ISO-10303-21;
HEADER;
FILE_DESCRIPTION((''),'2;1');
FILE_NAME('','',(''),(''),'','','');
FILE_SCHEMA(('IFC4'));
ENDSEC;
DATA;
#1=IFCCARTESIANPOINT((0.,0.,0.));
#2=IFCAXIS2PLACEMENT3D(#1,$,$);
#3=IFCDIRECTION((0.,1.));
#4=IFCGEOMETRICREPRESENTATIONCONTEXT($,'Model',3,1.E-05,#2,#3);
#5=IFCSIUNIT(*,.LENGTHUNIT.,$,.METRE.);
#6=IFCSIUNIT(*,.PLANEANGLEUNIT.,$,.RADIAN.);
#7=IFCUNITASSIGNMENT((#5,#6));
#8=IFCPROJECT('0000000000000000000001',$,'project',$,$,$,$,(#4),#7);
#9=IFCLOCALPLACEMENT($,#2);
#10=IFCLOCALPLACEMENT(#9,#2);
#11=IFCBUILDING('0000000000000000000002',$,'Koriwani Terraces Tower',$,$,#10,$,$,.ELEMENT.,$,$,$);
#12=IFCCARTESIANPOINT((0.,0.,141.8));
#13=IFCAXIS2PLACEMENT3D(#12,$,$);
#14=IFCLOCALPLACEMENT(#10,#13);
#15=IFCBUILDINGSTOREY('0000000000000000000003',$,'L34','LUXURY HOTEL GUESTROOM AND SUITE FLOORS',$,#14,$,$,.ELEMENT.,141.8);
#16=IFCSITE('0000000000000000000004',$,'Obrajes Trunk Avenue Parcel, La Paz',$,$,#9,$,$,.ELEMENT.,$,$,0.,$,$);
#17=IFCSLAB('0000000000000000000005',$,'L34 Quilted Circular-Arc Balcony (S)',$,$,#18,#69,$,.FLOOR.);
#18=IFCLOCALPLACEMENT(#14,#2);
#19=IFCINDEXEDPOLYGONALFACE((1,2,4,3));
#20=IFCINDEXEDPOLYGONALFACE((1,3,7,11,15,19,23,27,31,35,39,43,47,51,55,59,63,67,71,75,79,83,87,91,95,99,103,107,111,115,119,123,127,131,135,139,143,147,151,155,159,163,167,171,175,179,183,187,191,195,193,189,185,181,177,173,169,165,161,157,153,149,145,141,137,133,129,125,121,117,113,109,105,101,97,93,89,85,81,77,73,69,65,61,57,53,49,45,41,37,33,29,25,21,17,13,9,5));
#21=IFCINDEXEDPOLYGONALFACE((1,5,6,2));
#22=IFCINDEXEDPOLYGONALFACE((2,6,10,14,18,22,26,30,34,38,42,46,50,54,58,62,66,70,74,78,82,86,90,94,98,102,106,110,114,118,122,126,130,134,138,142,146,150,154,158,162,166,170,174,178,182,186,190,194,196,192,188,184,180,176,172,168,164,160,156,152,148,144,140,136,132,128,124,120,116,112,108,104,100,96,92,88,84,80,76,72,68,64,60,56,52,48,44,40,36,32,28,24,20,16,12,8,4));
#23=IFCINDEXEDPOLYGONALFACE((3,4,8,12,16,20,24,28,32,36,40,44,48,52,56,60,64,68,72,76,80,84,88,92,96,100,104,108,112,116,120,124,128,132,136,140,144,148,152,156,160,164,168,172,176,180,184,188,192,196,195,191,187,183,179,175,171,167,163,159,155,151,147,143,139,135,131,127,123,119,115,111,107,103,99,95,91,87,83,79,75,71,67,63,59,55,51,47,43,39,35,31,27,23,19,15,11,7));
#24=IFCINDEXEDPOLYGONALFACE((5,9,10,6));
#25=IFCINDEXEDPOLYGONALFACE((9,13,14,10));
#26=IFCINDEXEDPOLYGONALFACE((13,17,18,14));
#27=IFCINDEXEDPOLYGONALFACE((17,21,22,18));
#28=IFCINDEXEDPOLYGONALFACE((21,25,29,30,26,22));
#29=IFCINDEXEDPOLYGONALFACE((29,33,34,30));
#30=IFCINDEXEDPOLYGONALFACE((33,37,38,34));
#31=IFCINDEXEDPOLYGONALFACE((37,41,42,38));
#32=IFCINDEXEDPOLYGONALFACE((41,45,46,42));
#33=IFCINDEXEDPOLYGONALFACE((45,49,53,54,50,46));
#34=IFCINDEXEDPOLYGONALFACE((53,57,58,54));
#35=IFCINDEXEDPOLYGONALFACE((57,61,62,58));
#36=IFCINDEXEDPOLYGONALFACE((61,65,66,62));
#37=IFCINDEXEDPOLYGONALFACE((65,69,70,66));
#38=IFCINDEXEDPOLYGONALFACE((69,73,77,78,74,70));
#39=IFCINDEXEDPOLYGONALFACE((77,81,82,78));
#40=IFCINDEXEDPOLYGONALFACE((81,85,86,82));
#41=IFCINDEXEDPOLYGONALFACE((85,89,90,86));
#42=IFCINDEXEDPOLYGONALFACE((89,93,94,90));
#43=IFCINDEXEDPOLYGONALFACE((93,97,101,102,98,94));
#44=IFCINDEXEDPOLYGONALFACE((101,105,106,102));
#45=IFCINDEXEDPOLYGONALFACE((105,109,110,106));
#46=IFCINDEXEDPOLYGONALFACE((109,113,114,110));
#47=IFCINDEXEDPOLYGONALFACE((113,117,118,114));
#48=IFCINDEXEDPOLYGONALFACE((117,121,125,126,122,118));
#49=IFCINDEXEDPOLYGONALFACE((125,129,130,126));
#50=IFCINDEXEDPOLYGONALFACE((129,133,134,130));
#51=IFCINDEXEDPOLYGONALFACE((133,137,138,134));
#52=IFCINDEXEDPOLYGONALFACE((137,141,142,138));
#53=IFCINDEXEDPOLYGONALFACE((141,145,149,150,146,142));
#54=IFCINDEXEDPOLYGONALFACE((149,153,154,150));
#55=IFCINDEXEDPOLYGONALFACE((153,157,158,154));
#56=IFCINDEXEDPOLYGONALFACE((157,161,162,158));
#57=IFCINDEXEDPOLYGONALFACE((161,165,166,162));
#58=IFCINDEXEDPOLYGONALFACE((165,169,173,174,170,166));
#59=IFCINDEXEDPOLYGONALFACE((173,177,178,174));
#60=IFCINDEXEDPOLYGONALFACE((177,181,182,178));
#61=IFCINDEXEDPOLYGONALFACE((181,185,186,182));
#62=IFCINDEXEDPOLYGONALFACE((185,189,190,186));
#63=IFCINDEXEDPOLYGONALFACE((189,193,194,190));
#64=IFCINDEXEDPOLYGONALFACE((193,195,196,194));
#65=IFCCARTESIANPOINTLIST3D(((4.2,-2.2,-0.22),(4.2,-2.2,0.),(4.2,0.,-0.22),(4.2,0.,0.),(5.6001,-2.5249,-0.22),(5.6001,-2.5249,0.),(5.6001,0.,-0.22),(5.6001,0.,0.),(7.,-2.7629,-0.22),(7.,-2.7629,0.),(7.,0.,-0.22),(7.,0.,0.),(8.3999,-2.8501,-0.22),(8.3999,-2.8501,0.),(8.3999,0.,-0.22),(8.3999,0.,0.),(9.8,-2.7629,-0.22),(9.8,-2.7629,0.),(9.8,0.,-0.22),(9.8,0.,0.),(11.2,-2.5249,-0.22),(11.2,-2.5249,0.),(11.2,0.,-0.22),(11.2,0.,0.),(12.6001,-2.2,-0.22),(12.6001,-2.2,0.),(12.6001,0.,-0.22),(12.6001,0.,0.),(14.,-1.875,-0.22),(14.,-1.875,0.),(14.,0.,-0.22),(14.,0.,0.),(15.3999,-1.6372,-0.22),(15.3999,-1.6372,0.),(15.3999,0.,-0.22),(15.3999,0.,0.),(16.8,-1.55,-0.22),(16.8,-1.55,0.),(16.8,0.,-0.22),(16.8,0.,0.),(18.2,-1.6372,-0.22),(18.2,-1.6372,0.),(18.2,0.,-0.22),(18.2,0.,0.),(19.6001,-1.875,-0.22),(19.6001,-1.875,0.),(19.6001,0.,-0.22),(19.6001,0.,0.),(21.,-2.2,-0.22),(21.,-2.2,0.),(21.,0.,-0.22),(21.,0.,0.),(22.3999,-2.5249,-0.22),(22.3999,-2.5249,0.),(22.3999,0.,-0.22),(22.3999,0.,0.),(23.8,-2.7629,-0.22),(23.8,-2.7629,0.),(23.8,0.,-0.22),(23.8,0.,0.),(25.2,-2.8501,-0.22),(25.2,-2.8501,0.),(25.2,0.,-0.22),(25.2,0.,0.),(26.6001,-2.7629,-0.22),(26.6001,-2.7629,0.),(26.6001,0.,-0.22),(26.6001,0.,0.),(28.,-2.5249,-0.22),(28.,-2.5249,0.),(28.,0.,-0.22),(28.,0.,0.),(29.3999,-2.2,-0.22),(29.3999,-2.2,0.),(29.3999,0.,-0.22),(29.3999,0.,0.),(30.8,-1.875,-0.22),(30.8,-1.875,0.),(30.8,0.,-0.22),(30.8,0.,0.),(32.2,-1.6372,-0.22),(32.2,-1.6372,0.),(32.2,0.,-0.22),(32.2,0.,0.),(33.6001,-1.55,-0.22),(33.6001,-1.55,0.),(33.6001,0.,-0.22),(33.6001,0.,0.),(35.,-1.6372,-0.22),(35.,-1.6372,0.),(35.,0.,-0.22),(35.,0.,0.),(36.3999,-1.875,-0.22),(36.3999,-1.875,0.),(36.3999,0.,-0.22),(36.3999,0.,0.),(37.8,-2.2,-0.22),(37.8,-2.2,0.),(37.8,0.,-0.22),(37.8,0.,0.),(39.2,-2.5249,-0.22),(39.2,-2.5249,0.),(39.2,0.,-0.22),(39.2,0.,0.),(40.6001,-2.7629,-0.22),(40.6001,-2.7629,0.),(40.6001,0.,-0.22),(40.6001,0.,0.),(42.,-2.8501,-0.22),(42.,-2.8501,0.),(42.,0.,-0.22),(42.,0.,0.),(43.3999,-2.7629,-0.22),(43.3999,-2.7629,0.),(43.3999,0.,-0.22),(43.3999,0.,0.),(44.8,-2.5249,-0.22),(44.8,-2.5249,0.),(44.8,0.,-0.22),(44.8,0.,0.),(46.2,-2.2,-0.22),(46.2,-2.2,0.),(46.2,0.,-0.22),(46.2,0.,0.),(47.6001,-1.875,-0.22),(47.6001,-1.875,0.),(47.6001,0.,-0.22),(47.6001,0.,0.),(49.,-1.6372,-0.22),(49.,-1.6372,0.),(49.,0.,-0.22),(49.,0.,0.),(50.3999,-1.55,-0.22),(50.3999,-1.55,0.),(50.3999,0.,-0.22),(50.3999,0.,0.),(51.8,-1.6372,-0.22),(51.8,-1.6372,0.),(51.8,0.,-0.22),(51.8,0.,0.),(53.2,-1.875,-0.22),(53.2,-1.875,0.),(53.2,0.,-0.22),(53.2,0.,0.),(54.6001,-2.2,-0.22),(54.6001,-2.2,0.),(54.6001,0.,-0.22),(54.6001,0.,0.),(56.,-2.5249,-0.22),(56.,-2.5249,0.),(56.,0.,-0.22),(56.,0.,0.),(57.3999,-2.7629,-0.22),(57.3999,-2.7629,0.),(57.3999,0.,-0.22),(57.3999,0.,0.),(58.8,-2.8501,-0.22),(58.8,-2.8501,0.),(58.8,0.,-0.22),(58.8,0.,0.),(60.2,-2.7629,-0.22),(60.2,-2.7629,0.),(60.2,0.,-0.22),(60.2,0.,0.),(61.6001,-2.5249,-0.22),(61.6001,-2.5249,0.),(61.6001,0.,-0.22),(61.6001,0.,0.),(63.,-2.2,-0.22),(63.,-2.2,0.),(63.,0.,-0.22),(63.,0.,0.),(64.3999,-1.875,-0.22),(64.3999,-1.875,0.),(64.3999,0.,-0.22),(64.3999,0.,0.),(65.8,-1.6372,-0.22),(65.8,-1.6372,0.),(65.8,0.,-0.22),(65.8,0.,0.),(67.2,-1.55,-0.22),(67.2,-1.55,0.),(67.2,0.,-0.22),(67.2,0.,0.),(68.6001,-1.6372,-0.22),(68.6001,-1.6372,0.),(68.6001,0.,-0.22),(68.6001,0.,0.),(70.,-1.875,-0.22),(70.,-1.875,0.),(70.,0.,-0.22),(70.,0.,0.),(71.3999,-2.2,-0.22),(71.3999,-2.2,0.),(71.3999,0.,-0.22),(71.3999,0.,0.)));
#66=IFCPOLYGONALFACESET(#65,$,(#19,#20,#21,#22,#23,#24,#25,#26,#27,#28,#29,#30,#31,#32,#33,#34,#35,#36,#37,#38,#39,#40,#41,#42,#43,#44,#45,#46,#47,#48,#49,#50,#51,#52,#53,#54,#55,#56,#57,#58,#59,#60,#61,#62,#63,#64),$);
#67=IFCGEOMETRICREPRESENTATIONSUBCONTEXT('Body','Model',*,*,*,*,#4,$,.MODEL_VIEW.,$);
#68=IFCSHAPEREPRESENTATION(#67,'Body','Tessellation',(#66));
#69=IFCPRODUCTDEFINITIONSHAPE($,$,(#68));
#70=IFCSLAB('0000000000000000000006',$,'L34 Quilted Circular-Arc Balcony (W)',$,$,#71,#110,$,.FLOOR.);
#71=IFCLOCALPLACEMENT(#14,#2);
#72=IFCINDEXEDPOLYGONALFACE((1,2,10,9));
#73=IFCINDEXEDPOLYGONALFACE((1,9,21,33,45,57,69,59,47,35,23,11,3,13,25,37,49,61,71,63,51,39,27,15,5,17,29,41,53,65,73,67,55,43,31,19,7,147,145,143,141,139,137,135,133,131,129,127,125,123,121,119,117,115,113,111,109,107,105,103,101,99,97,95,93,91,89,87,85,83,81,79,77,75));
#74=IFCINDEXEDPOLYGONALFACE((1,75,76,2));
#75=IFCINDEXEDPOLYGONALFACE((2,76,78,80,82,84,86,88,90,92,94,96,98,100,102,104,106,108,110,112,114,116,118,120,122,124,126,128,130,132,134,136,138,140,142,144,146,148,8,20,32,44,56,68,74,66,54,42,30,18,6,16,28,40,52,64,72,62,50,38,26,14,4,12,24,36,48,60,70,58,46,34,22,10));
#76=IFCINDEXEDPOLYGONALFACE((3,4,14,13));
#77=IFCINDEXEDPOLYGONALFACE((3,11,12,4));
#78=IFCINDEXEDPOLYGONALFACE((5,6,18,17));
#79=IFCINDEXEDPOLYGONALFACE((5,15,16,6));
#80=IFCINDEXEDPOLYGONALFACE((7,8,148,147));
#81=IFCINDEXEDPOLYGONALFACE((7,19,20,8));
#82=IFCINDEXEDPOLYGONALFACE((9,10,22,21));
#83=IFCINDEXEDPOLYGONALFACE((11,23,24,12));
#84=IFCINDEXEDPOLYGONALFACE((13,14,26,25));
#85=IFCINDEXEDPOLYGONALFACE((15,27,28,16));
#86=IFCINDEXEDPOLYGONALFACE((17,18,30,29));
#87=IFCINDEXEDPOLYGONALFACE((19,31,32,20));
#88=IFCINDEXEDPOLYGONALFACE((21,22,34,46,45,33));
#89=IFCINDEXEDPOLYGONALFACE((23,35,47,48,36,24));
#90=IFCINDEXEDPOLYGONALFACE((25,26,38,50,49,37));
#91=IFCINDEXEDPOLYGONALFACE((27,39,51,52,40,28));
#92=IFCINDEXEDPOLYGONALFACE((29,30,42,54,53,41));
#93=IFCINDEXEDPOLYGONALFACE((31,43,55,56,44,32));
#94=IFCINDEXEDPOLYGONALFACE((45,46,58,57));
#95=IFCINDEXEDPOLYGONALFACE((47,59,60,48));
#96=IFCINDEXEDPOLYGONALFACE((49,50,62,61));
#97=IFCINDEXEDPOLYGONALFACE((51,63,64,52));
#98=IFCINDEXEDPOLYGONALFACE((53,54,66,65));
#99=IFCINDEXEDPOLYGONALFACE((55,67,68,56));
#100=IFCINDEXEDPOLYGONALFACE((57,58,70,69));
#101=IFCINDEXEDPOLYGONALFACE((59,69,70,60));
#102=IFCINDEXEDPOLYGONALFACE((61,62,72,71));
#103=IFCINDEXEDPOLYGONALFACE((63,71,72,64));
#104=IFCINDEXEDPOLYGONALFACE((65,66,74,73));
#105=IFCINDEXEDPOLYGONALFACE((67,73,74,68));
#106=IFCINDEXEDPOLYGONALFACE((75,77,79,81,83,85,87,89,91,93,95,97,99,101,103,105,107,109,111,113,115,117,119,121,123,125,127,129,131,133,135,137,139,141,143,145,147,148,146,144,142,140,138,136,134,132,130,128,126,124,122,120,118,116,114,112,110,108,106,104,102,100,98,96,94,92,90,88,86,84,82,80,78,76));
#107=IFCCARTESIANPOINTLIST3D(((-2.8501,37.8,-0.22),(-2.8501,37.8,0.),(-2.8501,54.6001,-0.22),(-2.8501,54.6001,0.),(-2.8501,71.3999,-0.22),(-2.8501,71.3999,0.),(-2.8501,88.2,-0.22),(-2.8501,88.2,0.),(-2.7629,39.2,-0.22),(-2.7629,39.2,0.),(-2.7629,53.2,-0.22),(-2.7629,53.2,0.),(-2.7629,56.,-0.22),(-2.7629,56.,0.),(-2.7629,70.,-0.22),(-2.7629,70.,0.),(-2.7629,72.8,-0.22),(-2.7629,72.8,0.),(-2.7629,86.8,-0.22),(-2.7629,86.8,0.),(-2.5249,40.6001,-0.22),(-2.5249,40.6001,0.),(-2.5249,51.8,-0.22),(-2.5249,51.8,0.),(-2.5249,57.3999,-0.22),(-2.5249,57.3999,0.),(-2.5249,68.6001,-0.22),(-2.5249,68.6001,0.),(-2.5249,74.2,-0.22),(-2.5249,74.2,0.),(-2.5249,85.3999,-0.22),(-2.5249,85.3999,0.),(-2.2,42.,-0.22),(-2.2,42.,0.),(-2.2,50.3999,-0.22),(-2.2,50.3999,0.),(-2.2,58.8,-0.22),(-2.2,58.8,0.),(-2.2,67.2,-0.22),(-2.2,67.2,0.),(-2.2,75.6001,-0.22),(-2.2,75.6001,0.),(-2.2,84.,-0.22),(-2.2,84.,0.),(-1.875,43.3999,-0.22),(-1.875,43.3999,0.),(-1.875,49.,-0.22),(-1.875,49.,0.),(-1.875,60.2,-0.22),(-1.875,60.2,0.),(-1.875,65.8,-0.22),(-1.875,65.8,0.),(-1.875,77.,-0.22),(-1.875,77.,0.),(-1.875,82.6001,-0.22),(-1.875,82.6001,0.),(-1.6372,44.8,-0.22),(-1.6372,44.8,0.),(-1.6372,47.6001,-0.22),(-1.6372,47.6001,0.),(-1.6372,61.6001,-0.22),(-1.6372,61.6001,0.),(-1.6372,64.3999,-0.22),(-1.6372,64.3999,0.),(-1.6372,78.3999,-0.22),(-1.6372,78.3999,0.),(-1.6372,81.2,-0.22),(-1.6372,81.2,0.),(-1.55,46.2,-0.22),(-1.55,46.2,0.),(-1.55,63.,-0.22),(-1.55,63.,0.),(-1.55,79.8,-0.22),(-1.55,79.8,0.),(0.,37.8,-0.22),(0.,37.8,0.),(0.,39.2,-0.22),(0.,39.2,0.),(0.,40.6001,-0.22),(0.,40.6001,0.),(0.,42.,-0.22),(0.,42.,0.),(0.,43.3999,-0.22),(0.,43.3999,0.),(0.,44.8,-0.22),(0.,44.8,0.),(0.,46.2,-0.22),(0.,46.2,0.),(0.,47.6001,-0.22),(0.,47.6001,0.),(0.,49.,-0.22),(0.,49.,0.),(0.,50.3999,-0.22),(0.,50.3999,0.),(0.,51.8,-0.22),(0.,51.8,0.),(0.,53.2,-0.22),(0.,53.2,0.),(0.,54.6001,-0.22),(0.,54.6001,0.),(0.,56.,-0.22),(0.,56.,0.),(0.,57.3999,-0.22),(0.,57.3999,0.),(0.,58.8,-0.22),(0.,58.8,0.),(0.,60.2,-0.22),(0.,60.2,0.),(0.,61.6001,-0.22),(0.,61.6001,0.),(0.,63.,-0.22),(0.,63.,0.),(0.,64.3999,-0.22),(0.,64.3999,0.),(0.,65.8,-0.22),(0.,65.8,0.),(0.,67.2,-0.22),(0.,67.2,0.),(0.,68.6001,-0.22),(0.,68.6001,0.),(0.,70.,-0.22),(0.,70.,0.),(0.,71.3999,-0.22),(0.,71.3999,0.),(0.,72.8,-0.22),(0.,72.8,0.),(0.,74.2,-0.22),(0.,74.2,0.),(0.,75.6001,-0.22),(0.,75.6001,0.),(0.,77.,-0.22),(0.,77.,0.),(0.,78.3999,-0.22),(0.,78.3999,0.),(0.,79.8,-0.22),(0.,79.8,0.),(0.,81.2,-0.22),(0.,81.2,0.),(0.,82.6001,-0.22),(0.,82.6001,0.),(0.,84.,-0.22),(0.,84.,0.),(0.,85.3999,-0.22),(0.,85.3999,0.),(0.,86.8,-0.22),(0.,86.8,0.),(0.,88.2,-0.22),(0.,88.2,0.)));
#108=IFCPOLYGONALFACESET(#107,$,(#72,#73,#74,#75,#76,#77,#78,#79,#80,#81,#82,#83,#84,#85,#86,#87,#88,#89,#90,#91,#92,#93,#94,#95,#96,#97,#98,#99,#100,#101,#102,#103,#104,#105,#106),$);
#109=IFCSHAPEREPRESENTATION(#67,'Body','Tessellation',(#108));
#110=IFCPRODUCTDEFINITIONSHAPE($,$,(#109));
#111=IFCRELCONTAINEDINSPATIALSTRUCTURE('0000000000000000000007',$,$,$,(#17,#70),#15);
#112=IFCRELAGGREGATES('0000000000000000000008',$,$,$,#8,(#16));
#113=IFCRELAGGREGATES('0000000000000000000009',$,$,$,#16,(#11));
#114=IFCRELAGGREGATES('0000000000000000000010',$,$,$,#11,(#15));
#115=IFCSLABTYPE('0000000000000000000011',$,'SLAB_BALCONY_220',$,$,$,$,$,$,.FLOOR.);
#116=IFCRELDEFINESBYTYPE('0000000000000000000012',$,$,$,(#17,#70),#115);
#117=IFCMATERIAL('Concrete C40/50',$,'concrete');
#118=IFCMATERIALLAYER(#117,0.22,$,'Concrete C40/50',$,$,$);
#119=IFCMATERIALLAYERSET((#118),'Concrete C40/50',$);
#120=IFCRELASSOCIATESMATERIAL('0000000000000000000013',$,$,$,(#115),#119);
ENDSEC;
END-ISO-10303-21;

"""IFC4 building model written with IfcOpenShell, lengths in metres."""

from ifc_helpers import new_model, si_unit, direction, frame, origin, place, context, subcontext, project, spatial, polyline, outline, extrude, material, layer, layer_set, type_object, element, save


model = new_model("IFC4")

# Units and contexts
model_context = context("Model", 3, precision=1e-05, world=origin(), true_north=direction((0.0, 1.0)))
body_context = subcontext(model_context, "Body", "Model", "MODEL_VIEW")
ifc_project = project(units=[si_unit("LENGTHUNIT", "METRE"), si_unit("PLANEANGLEUNIT", "RADIAN")], contexts=[model_context])

# Site, building, storey
site_placement = place(None, origin())
site = spatial("IfcSite", under=ifc_project, at=site_placement, Name="Obrajes Trunk Avenue Parcel, La Paz", CompositionType="ELEMENT", RefElevation=0.0)
building_placement = place(site_placement, origin())
building = spatial("IfcBuilding", under=site, at=building_placement, Name="Koriwani Terraces Tower", CompositionType="ELEMENT")
storey_placement = place(building_placement, frame((0.0, 0.0, 141.8)))
storey = spatial("IfcBuildingStorey", under=building, at=storey_placement, Name="L34", Description="LUXURY HOTEL GUESTROOM AND SUITE FLOORS", CompositionType="ELEMENT", Elevation=141.8)

# Shared definitions
ifc_material_1 = material(Name="Concrete C40/50", Category="concrete")

# Slabs
ifc_layer_1 = layer(ifc_material_1, 0.22, Name="Concrete C40/50")
ifc_layer_set_1 = layer_set([ifc_layer_1], Name="Concrete C40/50")
slab_type_1 = type_object("IfcSlabType", Name="SLAB_BALCONY_220", PredefinedType="FLOOR", material=ifc_layer_set_1)
slab_1_placement = place(storey_placement, frame((0.0, 0.0, -0.22)))
element("IfcSlab", 1, at=slab_1_placement, inside=storey, type_object=slab_type_1, Name="L34 Quilted Circular-Arc Balcony (S)", PredefinedType="FLOOR", context=body_context, shape_type="SweptSolid", body=[
    extrude(outline(polyline([(4.2, 0.0), (5.6001, 0.0), (7.0, 0.0), (8.3999, 0.0), (9.8, 0.0), (11.2, 0.0), (12.6001, 0.0), (14.0, 0.0), (15.3999, 0.0), (16.8, 0.0), (18.2, 0.0), (19.6001, 0.0), (21.0, 0.0), (22.3999, 0.0), (23.8, 0.0), (25.2, 0.0), (26.6001, 0.0), (28.0, 0.0), (29.3999, 0.0), (30.8, 0.0), (32.2, 0.0), (33.6001, 0.0), (35.0, 0.0), (36.3999, 0.0), (37.8, 0.0), (39.2, 0.0), (40.6001, 0.0), (42.0, 0.0), (43.3999, 0.0), (44.8, 0.0), (46.2, 0.0), (47.6001, 0.0), (49.0, 0.0), (50.3999, 0.0), (51.8, 0.0), (53.2, 0.0), (54.6001, 0.0), (56.0, 0.0), (57.3999, 0.0), (58.8, 0.0), (60.2, 0.0), (61.6001, 0.0), (63.0, 0.0), (64.3999, 0.0), (65.8, 0.0), (67.2, 0.0), (68.6001, 0.0), (70.0, 0.0), (71.3999, 0.0), (71.3999, -2.2), (70.0, -1.875), (68.6001, -1.6372), (67.2, -1.55), (65.8, -1.6372), (64.3999, -1.875), (63.0, -2.2), (61.6001, -2.5249), (60.2, -2.7629), (58.8, -2.8501), (57.3999, -2.7629), (56.0, -2.5249), (54.6001, -2.2), (53.2, -1.875), (51.8, -1.6372), (50.3999, -1.55), (49.0, -1.6372), (47.6001, -1.875), (46.2, -2.2), (44.8, -2.5249), (43.3999, -2.7629), (42.0, -2.8501), (40.6001, -2.7629), (39.2, -2.5249), (37.8, -2.2), (36.3999, -1.875), (35.0, -1.6372), (33.6001, -1.55), (32.2, -1.6372), (30.8, -1.875), (29.3999, -2.2), (28.0, -2.5249), (26.6001, -2.7629), (25.2, -2.8501), (23.8, -2.7629), (22.3999, -2.5249), (21.0, -2.2), (19.6001, -1.875), (18.2, -1.6372), (16.8, -1.55), (15.3999, -1.6372), (14.0, -1.875), (12.6001, -2.2), (11.2, -2.5249), (9.8, -2.7629), (8.3999, -2.8501), (7.0, -2.7629), (5.6001, -2.5249), (4.2, -2.2), (4.2, 0.0)])), origin(), (0.0, 0.0, 1.0), 0.22),
])
slab_2_placement = place(storey_placement, frame((0.0, 0.0, -0.22)))
element("IfcSlab", 2, at=slab_2_placement, inside=storey, type_object=slab_type_1, Name="L34 Quilted Circular-Arc Balcony (W)", PredefinedType="FLOOR", context=body_context, shape_type="SweptSolid", body=[
    extrude(outline(polyline([(0.0, 37.8), (0.0, 39.2), (0.0, 40.6001), (0.0, 42.0), (0.0, 43.3999), (0.0, 44.8), (0.0, 46.2), (0.0, 47.6001), (0.0, 49.0), (0.0, 50.3999), (0.0, 51.8), (0.0, 53.2), (0.0, 54.6001), (0.0, 56.0), (0.0, 57.3999), (0.0, 58.8), (0.0, 60.2), (0.0, 61.6001), (0.0, 63.0), (0.0, 64.3999), (0.0, 65.8), (0.0, 67.2), (0.0, 68.6001), (0.0, 70.0), (0.0, 71.3999), (0.0, 72.8), (0.0, 74.2), (0.0, 75.6001), (0.0, 77.0), (0.0, 78.3999), (0.0, 79.8), (0.0, 81.2), (0.0, 82.6001), (0.0, 84.0), (0.0, 85.3999), (0.0, 86.8), (0.0, 88.2), (-2.8501, 88.2), (-2.7629, 86.8), (-2.5249, 85.3999), (-2.2, 84.0), (-1.875, 82.6001), (-1.6372, 81.2), (-1.55, 79.8), (-1.6372, 78.3999), (-1.875, 77.0), (-2.2, 75.6001), (-2.5249, 74.2), (-2.7629, 72.8), (-2.8501, 71.3999), (-2.7629, 70.0), (-2.5249, 68.6001), (-2.2, 67.2), (-1.875, 65.8), (-1.6372, 64.3999), (-1.55, 63.0), (-1.6372, 61.6001), (-1.875, 60.2), (-2.2, 58.8), (-2.5249, 57.3999), (-2.7629, 56.0), (-2.8501, 54.6001), (-2.7629, 53.2), (-2.5249, 51.8), (-2.2, 50.3999), (-1.875, 49.0), (-1.6372, 47.6001), (-1.55, 46.2), (-1.6372, 44.8), (-1.875, 43.3999), (-2.2, 42.0), (-2.5249, 40.6001), (-2.7629, 39.2), (-2.8501, 37.8), (0.0, 37.8)])), origin(), (0.0, 0.0, 1.0), 0.22),
])

save(model, "model.ifc")
